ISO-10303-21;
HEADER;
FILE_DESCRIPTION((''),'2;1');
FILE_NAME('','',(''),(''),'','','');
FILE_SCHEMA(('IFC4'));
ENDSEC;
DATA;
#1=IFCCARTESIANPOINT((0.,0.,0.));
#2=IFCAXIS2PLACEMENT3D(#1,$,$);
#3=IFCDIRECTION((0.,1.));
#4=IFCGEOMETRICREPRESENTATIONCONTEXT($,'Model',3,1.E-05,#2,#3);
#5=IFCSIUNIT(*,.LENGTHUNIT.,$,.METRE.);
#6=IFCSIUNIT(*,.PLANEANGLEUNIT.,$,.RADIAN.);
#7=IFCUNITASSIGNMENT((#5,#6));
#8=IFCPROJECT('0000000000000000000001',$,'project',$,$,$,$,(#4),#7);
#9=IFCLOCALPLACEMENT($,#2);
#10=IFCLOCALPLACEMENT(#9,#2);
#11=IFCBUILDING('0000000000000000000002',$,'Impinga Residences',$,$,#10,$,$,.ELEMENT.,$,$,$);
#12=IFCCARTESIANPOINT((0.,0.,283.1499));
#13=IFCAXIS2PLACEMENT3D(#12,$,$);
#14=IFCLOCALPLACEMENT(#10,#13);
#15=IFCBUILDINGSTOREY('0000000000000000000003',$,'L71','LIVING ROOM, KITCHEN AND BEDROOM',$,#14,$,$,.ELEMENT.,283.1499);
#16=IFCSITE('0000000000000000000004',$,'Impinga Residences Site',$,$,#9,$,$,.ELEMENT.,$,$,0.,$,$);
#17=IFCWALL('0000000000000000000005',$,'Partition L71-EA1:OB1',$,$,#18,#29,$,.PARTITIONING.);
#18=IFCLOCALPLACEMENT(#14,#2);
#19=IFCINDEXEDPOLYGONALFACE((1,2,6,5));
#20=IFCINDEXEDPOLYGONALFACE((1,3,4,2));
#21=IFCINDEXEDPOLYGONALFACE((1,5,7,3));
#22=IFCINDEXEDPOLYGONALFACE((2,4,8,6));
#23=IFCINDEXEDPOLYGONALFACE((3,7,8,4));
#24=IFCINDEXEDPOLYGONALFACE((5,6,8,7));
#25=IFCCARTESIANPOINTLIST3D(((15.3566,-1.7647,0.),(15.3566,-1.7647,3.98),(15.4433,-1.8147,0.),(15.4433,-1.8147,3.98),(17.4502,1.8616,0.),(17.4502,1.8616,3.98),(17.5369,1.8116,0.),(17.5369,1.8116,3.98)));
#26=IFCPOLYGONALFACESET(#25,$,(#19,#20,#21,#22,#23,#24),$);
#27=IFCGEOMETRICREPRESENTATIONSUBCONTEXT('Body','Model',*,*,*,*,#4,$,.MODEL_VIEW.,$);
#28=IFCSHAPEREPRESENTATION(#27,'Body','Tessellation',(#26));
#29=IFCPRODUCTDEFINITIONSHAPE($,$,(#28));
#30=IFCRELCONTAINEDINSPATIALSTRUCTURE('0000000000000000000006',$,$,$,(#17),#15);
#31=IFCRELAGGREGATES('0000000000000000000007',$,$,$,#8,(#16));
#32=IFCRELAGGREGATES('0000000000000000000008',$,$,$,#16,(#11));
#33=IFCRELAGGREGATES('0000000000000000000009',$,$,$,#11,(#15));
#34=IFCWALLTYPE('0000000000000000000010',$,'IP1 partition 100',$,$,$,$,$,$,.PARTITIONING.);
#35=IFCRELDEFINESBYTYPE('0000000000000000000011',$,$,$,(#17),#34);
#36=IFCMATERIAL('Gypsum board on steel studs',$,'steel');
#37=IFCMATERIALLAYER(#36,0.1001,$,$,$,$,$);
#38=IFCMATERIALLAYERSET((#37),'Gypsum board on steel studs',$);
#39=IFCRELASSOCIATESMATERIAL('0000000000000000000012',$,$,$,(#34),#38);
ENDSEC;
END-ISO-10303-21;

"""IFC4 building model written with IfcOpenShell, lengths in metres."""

from ifc_helpers import new_model, si_unit, direction, frame, frame_2d, origin, place, context, subcontext, project, spatial, rectangle, extrude, material, layer, layer_set, type_object, element, save


model = new_model("IFC4")

# Units and contexts
model_context = context("Model", 3, precision=1e-05, world=origin(), true_north=direction((0.0, 1.0)))
body_context = subcontext(model_context, "Body", "Model", "MODEL_VIEW")
ifc_project = project(units=[si_unit("LENGTHUNIT", "METRE"), si_unit("PLANEANGLEUNIT", "RADIAN")], contexts=[model_context])

# Site, building, storey
site_placement = place(None, origin())
site = spatial("IfcSite", under=ifc_project, at=site_placement, Name="Impinga Residences Site", CompositionType="ELEMENT", RefElevation=0.0)
building_placement = place(site_placement, origin())
building = spatial("IfcBuilding", under=site, at=building_placement, Name="Impinga Residences", CompositionType="ELEMENT")
storey_placement = place(building_placement, frame((0.0, 0.0, 283.1499)))
storey = spatial("IfcBuildingStorey", under=building, at=storey_placement, Name="L71", Description="LIVING ROOM, KITCHEN AND BEDROOM", CompositionType="ELEMENT", Elevation=283.1499)

# Wall
ifc_material_1 = material(Name="Gypsum board on steel studs", Category="steel")
ifc_layer_1 = layer(ifc_material_1, 0.1001)
ifc_layer_set_1 = layer_set([ifc_layer_1], Name="Gypsum board on steel studs")
wall_type_1 = type_object("IfcWallType", Name="IP1 partition 100", PredefinedType="PARTITIONING", material=ifc_layer_set_1)
wall_1_placement = place(storey_placement, frame((15.3999, -1.7898, 0.0), z_axis=(0.0, 0.0, 1.0), x_axis=(0.499983, 0.866035, 0.0)))
element("IfcWall", 1, at=wall_1_placement, inside=storey, type_object=wall_type_1, Name="Partition L71-EA1:OB1", PredefinedType="PARTITIONING", context=body_context, shape_type="SweptSolid", body=[
    extrude(rectangle(XDim=4.1873, YDim=0.1001, at=frame_2d((2.0938, 0.0))), origin(), (0.0, 0.0, 1.0), 3.98),
])

save(model, "model.ifc")
